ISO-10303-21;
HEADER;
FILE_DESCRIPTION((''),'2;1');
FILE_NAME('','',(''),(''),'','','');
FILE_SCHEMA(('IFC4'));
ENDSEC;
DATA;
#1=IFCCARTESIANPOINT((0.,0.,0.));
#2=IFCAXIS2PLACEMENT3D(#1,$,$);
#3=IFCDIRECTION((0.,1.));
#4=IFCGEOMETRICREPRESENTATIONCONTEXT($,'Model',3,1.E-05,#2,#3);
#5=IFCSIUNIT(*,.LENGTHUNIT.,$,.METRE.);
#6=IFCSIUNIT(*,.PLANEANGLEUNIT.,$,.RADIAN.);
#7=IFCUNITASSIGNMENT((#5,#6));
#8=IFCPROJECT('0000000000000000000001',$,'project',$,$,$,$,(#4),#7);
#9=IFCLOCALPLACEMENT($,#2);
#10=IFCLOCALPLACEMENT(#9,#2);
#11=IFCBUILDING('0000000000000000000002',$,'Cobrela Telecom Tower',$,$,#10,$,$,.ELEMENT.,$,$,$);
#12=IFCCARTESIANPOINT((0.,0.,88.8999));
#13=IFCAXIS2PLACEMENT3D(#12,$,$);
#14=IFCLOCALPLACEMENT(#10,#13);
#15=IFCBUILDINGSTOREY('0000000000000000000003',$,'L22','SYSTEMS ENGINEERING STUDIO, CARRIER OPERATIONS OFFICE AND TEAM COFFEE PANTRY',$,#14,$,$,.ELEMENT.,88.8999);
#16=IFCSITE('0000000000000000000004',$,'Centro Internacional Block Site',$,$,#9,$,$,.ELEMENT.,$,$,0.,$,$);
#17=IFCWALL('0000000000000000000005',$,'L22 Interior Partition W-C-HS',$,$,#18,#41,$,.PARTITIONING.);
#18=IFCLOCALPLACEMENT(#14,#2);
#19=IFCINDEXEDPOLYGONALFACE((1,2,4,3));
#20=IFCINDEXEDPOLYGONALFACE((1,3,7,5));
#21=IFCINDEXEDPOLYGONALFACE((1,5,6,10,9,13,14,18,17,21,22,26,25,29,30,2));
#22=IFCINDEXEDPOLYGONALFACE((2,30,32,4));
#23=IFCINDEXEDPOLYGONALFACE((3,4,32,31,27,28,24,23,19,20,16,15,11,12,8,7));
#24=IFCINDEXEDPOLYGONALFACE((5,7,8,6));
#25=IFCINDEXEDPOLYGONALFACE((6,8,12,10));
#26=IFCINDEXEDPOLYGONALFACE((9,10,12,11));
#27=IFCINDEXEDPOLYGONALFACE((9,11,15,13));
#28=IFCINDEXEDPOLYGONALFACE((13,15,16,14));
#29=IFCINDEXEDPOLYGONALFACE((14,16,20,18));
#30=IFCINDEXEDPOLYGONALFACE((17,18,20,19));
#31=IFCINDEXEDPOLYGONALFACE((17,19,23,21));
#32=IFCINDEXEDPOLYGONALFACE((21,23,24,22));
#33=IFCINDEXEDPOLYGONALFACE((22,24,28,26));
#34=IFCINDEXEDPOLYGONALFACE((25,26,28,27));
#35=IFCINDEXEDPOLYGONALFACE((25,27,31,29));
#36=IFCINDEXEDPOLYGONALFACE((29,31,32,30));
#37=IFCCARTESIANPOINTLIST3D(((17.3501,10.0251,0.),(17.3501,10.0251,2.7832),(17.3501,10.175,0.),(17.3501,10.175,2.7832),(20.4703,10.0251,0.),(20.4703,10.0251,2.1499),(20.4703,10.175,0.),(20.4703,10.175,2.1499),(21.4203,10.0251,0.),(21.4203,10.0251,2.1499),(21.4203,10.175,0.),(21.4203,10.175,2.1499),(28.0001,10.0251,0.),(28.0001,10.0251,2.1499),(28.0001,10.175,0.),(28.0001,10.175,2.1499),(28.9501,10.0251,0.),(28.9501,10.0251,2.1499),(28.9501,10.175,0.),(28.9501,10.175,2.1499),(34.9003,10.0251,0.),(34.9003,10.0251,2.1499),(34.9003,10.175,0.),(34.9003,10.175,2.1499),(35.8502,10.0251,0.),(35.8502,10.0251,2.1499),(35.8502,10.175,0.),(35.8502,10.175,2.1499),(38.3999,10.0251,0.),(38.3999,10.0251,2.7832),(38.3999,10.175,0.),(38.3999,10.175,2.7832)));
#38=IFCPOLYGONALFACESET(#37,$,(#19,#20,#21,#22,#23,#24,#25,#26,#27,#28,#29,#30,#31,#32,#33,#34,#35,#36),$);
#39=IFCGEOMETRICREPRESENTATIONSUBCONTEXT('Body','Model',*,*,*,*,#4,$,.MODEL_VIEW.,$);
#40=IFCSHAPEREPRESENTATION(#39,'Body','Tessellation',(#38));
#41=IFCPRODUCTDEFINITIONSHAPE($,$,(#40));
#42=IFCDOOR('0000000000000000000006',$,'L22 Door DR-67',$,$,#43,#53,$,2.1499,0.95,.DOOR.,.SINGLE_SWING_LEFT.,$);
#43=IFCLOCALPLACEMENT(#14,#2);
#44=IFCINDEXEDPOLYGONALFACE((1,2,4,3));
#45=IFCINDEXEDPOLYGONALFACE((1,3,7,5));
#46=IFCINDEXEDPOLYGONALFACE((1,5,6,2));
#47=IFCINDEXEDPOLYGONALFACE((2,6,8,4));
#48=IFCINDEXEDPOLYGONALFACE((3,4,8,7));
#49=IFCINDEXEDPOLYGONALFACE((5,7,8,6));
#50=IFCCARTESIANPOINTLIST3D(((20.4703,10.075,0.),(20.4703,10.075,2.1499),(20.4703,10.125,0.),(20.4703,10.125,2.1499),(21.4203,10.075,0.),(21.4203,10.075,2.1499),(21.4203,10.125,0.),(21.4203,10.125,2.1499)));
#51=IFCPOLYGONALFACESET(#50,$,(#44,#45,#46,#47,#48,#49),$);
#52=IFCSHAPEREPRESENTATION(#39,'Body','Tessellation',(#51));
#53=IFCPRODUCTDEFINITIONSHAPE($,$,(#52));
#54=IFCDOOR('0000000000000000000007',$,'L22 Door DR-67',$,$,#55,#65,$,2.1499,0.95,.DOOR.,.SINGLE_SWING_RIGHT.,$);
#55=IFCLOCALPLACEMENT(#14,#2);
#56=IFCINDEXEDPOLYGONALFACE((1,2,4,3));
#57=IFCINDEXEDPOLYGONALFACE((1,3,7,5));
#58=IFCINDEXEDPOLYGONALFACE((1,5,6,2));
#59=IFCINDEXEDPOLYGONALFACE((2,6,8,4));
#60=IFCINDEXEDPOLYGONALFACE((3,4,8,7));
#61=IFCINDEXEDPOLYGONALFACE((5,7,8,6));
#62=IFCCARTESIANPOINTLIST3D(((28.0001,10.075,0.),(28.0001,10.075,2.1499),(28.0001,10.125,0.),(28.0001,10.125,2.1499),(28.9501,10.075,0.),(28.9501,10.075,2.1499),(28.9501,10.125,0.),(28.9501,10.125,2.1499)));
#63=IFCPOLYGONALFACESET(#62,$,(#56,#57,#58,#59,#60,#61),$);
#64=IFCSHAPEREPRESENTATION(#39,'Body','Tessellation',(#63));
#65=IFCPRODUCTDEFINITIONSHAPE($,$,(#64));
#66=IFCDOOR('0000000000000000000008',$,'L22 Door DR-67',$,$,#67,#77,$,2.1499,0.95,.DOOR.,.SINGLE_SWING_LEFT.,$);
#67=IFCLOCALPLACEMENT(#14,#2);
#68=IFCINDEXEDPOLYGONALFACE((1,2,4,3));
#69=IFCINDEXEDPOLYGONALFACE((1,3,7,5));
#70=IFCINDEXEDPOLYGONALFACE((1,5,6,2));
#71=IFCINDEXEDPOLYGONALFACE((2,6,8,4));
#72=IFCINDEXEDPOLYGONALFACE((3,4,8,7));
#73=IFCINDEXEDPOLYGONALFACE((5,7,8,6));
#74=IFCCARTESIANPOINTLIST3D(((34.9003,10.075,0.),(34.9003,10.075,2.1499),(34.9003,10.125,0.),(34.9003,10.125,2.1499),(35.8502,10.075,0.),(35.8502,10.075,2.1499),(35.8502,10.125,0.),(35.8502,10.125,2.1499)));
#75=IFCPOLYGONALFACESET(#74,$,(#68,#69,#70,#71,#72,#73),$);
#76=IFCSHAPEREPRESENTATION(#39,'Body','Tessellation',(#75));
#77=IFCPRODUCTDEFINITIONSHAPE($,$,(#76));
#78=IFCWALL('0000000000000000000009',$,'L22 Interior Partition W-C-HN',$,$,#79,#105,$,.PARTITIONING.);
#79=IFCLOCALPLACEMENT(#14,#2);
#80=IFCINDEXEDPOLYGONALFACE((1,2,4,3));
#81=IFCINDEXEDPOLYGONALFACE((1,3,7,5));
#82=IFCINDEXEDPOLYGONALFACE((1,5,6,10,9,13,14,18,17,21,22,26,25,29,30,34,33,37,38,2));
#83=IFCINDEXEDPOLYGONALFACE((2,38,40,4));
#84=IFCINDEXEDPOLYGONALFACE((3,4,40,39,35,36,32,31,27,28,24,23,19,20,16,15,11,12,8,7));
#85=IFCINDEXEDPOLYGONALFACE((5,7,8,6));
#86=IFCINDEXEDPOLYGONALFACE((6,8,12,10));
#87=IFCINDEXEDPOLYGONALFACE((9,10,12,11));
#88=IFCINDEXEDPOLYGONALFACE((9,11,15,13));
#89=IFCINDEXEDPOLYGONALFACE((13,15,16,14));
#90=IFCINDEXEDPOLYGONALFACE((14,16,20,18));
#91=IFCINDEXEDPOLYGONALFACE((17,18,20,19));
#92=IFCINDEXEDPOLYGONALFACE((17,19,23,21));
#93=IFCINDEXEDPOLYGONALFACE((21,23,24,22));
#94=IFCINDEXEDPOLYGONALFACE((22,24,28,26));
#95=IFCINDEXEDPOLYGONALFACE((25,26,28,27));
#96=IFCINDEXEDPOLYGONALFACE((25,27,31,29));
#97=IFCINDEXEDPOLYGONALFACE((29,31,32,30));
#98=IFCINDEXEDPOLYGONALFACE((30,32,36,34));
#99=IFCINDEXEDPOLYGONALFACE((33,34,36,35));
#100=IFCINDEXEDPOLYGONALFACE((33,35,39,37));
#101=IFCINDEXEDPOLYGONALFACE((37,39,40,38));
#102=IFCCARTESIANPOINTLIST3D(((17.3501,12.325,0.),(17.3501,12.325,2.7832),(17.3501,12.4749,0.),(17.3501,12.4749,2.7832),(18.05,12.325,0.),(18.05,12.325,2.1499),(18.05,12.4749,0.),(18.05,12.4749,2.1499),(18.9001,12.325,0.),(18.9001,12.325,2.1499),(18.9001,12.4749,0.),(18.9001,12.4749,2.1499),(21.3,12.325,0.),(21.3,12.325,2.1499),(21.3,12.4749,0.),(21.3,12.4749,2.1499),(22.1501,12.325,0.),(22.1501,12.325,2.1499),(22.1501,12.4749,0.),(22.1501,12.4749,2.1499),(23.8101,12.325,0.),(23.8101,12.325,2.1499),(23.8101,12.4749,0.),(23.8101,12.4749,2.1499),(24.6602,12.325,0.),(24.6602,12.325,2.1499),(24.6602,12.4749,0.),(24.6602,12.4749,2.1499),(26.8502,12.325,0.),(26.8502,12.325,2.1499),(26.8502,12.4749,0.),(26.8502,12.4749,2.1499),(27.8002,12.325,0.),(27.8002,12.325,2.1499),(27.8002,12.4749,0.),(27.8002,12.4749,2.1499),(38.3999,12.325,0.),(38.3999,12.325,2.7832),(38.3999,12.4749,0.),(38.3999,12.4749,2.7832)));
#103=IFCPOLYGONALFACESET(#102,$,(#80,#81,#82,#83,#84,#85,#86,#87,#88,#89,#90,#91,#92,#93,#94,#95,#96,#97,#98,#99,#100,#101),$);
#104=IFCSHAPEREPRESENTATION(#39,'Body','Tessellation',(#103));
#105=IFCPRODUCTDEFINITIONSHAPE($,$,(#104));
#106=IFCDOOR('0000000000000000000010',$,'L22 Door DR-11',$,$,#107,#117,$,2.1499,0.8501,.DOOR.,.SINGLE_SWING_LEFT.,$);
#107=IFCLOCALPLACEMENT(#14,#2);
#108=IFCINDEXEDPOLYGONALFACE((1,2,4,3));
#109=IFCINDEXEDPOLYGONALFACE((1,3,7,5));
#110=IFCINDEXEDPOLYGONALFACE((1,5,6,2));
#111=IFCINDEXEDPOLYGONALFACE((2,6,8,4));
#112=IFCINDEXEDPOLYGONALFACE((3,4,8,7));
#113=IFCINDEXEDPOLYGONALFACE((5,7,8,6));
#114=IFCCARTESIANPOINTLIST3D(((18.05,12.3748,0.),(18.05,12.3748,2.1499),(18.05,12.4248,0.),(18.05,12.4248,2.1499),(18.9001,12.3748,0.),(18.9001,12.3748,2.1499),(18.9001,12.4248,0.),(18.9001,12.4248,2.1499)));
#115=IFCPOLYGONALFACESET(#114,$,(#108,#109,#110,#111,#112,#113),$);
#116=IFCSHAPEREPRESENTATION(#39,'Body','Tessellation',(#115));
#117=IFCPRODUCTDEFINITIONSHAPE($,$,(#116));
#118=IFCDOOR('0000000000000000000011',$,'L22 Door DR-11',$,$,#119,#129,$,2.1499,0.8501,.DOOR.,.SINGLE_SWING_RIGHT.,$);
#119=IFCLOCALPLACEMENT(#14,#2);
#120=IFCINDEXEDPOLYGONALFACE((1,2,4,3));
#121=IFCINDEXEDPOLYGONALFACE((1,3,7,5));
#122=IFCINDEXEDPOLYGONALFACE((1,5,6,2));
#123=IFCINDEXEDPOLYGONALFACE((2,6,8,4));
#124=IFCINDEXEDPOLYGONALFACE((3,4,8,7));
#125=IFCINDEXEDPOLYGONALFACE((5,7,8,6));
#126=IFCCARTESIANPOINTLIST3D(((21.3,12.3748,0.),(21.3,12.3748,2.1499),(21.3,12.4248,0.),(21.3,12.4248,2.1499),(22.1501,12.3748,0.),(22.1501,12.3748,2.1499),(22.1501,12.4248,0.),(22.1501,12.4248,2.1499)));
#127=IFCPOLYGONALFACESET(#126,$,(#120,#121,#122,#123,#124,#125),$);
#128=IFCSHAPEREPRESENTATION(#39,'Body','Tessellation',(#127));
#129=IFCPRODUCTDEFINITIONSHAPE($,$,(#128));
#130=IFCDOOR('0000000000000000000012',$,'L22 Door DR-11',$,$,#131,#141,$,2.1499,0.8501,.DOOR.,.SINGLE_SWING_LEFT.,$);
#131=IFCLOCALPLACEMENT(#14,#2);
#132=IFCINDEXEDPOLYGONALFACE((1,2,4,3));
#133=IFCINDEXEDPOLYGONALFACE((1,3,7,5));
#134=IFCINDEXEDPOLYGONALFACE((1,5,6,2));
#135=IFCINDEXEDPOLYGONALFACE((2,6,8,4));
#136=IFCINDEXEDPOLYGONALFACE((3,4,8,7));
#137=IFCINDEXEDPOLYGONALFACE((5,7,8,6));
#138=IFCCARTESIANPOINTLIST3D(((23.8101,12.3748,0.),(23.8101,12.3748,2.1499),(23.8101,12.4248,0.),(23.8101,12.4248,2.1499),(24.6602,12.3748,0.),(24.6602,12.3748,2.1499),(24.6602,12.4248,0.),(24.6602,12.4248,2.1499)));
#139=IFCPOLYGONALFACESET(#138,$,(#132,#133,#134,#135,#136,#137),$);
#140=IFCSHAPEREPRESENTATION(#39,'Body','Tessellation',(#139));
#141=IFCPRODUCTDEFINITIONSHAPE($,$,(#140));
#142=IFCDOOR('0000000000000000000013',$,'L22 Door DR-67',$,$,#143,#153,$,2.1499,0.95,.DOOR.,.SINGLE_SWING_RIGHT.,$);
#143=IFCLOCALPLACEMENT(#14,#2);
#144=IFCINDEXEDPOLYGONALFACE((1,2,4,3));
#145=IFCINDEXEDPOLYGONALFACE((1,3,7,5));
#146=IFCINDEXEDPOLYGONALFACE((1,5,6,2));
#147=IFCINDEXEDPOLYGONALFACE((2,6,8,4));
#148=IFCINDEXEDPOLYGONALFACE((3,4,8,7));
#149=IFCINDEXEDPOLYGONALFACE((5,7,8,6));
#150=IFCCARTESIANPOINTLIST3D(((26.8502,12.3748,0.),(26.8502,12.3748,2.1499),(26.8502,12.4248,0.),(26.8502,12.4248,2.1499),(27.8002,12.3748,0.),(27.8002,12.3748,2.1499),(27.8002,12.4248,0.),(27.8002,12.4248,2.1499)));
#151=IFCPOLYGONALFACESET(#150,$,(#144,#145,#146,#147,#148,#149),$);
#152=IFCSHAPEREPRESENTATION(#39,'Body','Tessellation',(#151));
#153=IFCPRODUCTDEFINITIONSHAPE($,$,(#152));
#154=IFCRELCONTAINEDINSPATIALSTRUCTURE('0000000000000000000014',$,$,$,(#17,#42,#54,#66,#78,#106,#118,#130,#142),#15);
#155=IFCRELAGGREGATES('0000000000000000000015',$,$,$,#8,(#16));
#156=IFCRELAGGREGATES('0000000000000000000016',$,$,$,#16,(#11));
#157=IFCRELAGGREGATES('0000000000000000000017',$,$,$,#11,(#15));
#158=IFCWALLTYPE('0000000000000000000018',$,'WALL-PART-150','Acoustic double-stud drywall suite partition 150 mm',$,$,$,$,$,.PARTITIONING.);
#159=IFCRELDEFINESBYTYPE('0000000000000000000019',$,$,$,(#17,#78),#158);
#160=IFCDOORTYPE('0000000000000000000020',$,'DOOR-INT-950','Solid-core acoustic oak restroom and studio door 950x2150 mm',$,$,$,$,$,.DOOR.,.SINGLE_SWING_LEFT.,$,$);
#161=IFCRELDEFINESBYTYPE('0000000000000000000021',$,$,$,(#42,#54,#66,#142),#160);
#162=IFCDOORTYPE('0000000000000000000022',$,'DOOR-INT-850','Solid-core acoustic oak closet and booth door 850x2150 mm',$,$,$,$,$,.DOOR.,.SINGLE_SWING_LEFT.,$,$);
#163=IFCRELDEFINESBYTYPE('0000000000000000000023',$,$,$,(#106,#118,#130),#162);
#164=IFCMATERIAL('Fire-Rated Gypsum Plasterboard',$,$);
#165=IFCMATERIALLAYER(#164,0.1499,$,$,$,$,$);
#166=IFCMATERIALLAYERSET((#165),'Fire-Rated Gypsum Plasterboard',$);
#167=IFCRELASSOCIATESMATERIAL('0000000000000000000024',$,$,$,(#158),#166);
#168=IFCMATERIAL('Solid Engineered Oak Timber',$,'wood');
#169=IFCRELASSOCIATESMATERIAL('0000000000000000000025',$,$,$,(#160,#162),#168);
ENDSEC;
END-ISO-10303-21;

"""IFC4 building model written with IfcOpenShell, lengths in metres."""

from ifc_helpers import new_model, si_unit, direction, frame, frame_2d, origin, place, context, subcontext, project, spatial, rectangle, extrude, material, layer, layer_set, type_object, element, fill, save


model = new_model("IFC4")

# Units and contexts
model_context = context("Model", 3, precision=1e-05, world=origin(), true_north=direction((0.0, 1.0)))
body_context = subcontext(model_context, "Body", "Model", "MODEL_VIEW")
ifc_project = project(units=[si_unit("LENGTHUNIT", "METRE"), si_unit("PLANEANGLEUNIT", "RADIAN")], contexts=[model_context])

# Site, building, storey
site_placement = place(None, origin())
site = spatial("IfcSite", under=ifc_project, at=site_placement, Name="Centro Internacional Block Site", CompositionType="ELEMENT", RefElevation=0.0)
building_placement = place(site_placement, origin())
building = spatial("IfcBuilding", under=site, at=building_placement, Name="Cobrela Telecom Tower", CompositionType="ELEMENT")
storey_placement = place(building_placement, frame((0.0, 0.0, 88.8999)))
storey = spatial("IfcBuildingStorey", under=building, at=storey_placement, Name="L22", Description="SYSTEMS ENGINEERING STUDIO, CARRIER OPERATIONS OFFICE AND TEAM COFFEE PANTRY", CompositionType="ELEMENT", Elevation=88.8999)

# Shared definitions
ifc_material_1 = material(Name="Fire-Rated Gypsum Plasterboard")
ifc_layer_1 = layer(ifc_material_1, 0.1499)
ifc_layer_set_1 = layer_set([ifc_layer_1], Name="Fire-Rated Gypsum Plasterboard")
wall_type_1 = type_object("IfcWallType", Name="WALL-PART-150", Description="Acoustic double-stud drywall suite partition 150 mm", PredefinedType="PARTITIONING", material=ifc_layer_set_1)
ifc_material_2 = material(Name="Solid Engineered Oak Timber", Category="wood")
door_type_1 = type_object("IfcDoorType", Name="DOOR-INT-950", Description="Solid-core acoustic oak restroom and studio door 950x2150 mm", OperationType="SINGLE_SWING_LEFT", PredefinedType="DOOR", material=ifc_material_2)

# Walls, openings, doors
wall_1_placement = place(storey_placement, frame((17.3501, 10.1001, 0.0), z_axis=(0.0, 0.0, 1.0), x_axis=(1.0, 0.0, 0.0)))
wall_1 = element("IfcWall", 1, at=wall_1_placement, inside=storey, type_object=wall_type_1, Name="L22 Interior Partition W-C-HS", PredefinedType="PARTITIONING", context=body_context, shape_type="SweptSolid", body=[
    extrude(rectangle(XDim=21.0498, YDim=0.1499, at=frame_2d((10.5249, 0.0))), origin(), (0.0, 0.0, 1.0), 2.7832),
])
opening_1_placement = place(wall_1_placement, frame((3.1201, 0.0, 0.0)))
opening_1 = element("IfcOpeningElement", 2, at=opening_1_placement, cuts=wall_1, PredefinedType="OPENING", context=body_context, shape_type="SweptSolid", body=[
    extrude(rectangle(XDim=0.95, YDim=2.1499, at=frame_2d((0.4751, 1.075))), frame((0.0, 0.0869, 0.0), z_axis=(0.0, -1.0, 0.0), x_axis=(1.0, 0.0, 0.0)), (0.0, 0.0, 1.0), 0.1738),
])
opening_2_placement = place(wall_1_placement, frame((10.6499, 0.0, 0.0)))
opening_2 = element("IfcOpeningElement", 3, at=opening_2_placement, cuts=wall_1, PredefinedType="OPENING", context=body_context, shape_type="SweptSolid", body=[
    extrude(rectangle(XDim=0.95, YDim=2.1499, at=frame_2d((0.4751, 1.075))), frame((0.0, 0.0869, 0.0), z_axis=(0.0, -1.0, 0.0), x_axis=(1.0, 0.0, 0.0)), (0.0, 0.0, 1.0), 0.1738),
])
opening_3_placement = place(wall_1_placement, frame((17.55, 0.0, 0.0)))
opening_3 = element("IfcOpeningElement", 4, at=opening_3_placement, cuts=wall_1, PredefinedType="OPENING", context=body_context, shape_type="SweptSolid", body=[
    extrude(rectangle(XDim=0.95, YDim=2.1499, at=frame_2d((0.4751, 1.075))), frame((0.0, 0.0869, 0.0), z_axis=(0.0, -1.0, 0.0), x_axis=(1.0, 0.0, 0.0)), (0.0, 0.0, 1.0), 0.1738),
])
door_1_placement = place(opening_1_placement, origin())
door_1 = element("IfcDoor", 5, at=door_1_placement, inside=storey, type_object=door_type_1, Name="L22 Door DR-67", OperationType="SINGLE_SWING_LEFT", OverallHeight=2.1499, OverallWidth=0.95, PredefinedType="DOOR", context=body_context, shape_type="SweptSolid", body=[
    extrude(rectangle(XDim=0.95, YDim=2.1499, at=frame_2d((0.4751, 1.075))), frame((0.0, 0.0249, 0.0), z_axis=(0.0, -1.0, 0.0), x_axis=(1.0, 0.0, 0.0)), (0.0, 0.0, 1.0), 0.05),
])
fill(opening_1, door_1)
door_2_placement = place(opening_2_placement, origin())
door_2 = element("IfcDoor", 6, at=door_2_placement, inside=storey, type_object=door_type_1, Name="L22 Door DR-67", OperationType="SINGLE_SWING_RIGHT", OverallHeight=2.1499, OverallWidth=0.95, PredefinedType="DOOR", context=body_context, shape_type="SweptSolid", body=[
    extrude(rectangle(XDim=0.95, YDim=2.1499, at=frame_2d((0.4751, 1.075))), frame((0.0, 0.0249, 0.0), z_axis=(0.0, -1.0, 0.0), x_axis=(1.0, 0.0, 0.0)), (0.0, 0.0, 1.0), 0.05),
])
fill(opening_2, door_2)
door_3_placement = place(opening_3_placement, origin())
door_3 = element("IfcDoor", 7, at=door_3_placement, inside=storey, type_object=door_type_1, Name="L22 Door DR-67", OperationType="SINGLE_SWING_LEFT", OverallHeight=2.1499, OverallWidth=0.95, PredefinedType="DOOR", context=body_context, shape_type="SweptSolid", body=[
    extrude(rectangle(XDim=0.95, YDim=2.1499, at=frame_2d((0.4751, 1.075))), frame((0.0, 0.0249, 0.0), z_axis=(0.0, -1.0, 0.0), x_axis=(1.0, 0.0, 0.0)), (0.0, 0.0, 1.0), 0.05),
])
fill(opening_3, door_3)
wall_2_placement = place(storey_placement, frame((17.3501, 12.3999, 0.0), z_axis=(0.0, 0.0, 1.0), x_axis=(1.0, 0.0, 0.0)))
wall_2 = element("IfcWall", 8, at=wall_2_placement, inside=storey, type_object=wall_type_1, Name="L22 Interior Partition W-C-HN", PredefinedType="PARTITIONING", context=body_context, shape_type="SweptSolid", body=[
    extrude(rectangle(XDim=21.0498, YDim=0.1499, at=frame_2d((10.5249, 0.0))), origin(), (0.0, 0.0, 1.0), 2.7832),
])
opening_4_placement = place(wall_2_placement, frame((0.7, 0.0, 0.0)))
opening_4 = element("IfcOpeningElement", 9, at=opening_4_placement, cuts=wall_2, PredefinedType="OPENING", context=body_context, shape_type="SweptSolid", body=[
    extrude(rectangle(XDim=0.8501, YDim=2.1499, at=frame_2d((0.425, 1.075))), frame((0.0, 0.0869, 0.0), z_axis=(0.0, -1.0, 0.0), x_axis=(1.0, 0.0, 0.0)), (0.0, 0.0, 1.0), 0.1738),
])
opening_5_placement = place(wall_2_placement, frame((3.95, 0.0, 0.0)))
opening_5 = element("IfcOpeningElement", 10, at=opening_5_placement, cuts=wall_2, PredefinedType="OPENING", context=body_context, shape_type="SweptSolid", body=[
    extrude(rectangle(XDim=0.8501, YDim=2.1499, at=frame_2d((0.425, 1.075))), frame((0.0, 0.0869, 0.0), z_axis=(0.0, -1.0, 0.0), x_axis=(1.0, 0.0, 0.0)), (0.0, 0.0, 1.0), 0.1738),
])
opening_6_placement = place(wall_2_placement, frame((6.46, 0.0, 0.0)))
opening_6 = element("IfcOpeningElement", 11, at=opening_6_placement, cuts=wall_2, PredefinedType="OPENING", context=body_context, shape_type="SweptSolid", body=[
    extrude(rectangle(XDim=0.8501, YDim=2.1499, at=frame_2d((0.425, 1.075))), frame((0.0, 0.0869, 0.0), z_axis=(0.0, -1.0, 0.0), x_axis=(1.0, 0.0, 0.0)), (0.0, 0.0, 1.0), 0.1738),
])
opening_7_placement = place(wall_2_placement, frame((9.5, 0.0, 0.0)))
opening_7 = element("IfcOpeningElement", 12, at=opening_7_placement, cuts=wall_2, PredefinedType="OPENING", context=body_context, shape_type="SweptSolid", body=[
    extrude(rectangle(XDim=0.95, YDim=2.1499, at=frame_2d((0.4751, 1.075))), frame((0.0, 0.0869, 0.0), z_axis=(0.0, -1.0, 0.0), x_axis=(1.0, 0.0, 0.0)), (0.0, 0.0, 1.0), 0.1738),
])
door_type_2 = type_object("IfcDoorType", Name="DOOR-INT-850", Description="Solid-core acoustic oak closet and booth door 850x2150 mm", OperationType="SINGLE_SWING_LEFT", PredefinedType="DOOR", material=ifc_material_2)
door_4_placement = place(opening_4_placement, origin())
door_4 = element("IfcDoor", 13, at=door_4_placement, inside=storey, type_object=door_type_2, Name="L22 Door DR-11", OperationType="SINGLE_SWING_LEFT", OverallHeight=2.1499, OverallWidth=0.8501, PredefinedType="DOOR", context=body_context, shape_type="SweptSolid", body=[
    extrude(rectangle(XDim=0.8501, YDim=2.1499, at=frame_2d((0.425, 1.075))), frame((0.0, 0.0249, 0.0), z_axis=(0.0, -1.0, 0.0), x_axis=(1.0, 0.0, 0.0)), (0.0, 0.0, 1.0), 0.05),
])
fill(opening_4, door_4)
door_5_placement = place(opening_5_placement, origin())
door_5 = element("IfcDoor", 14, at=door_5_placement, inside=storey, type_object=door_type_2, Name="L22 Door DR-11", OperationType="SINGLE_SWING_RIGHT", OverallHeight=2.1499, OverallWidth=0.8501, PredefinedType="DOOR", context=body_context, shape_type="SweptSolid", body=[
    extrude(rectangle(XDim=0.8501, YDim=2.1499, at=frame_2d((0.425, 1.075))), frame((0.0, 0.0249, 0.0), z_axis=(0.0, -1.0, 0.0), x_axis=(1.0, 0.0, 0.0)), (0.0, 0.0, 1.0), 0.05),
])
fill(opening_5, door_5)
door_6_placement = place(opening_6_placement, origin())
door_6 = element("IfcDoor", 15, at=door_6_placement, inside=storey, type_object=door_type_2, Name="L22 Door DR-11", OperationType="SINGLE_SWING_LEFT", OverallHeight=2.1499, OverallWidth=0.8501, PredefinedType="DOOR", context=body_context, shape_type="SweptSolid", body=[
    extrude(rectangle(XDim=0.8501, YDim=2.1499, at=frame_2d((0.425, 1.075))), frame((0.0, 0.0249, 0.0), z_axis=(0.0, -1.0, 0.0), x_axis=(1.0, 0.0, 0.0)), (0.0, 0.0, 1.0), 0.05),
])
fill(opening_6, door_6)
door_7_placement = place(opening_7_placement, origin())
door_7 = element("IfcDoor", 16, at=door_7_placement, inside=storey, type_object=door_type_1, Name="L22 Door DR-67", OperationType="SINGLE_SWING_RIGHT", OverallHeight=2.1499, OverallWidth=0.95, PredefinedType="DOOR", context=body_context, shape_type="SweptSolid", body=[
    extrude(rectangle(XDim=0.95, YDim=2.1499, at=frame_2d((0.4751, 1.075))), frame((0.0, 0.0249, 0.0), z_axis=(0.0, -1.0, 0.0), x_axis=(1.0, 0.0, 0.0)), (0.0, 0.0, 1.0), 0.05),
])
fill(opening_7, door_7)

save(model, "model.ifc")
